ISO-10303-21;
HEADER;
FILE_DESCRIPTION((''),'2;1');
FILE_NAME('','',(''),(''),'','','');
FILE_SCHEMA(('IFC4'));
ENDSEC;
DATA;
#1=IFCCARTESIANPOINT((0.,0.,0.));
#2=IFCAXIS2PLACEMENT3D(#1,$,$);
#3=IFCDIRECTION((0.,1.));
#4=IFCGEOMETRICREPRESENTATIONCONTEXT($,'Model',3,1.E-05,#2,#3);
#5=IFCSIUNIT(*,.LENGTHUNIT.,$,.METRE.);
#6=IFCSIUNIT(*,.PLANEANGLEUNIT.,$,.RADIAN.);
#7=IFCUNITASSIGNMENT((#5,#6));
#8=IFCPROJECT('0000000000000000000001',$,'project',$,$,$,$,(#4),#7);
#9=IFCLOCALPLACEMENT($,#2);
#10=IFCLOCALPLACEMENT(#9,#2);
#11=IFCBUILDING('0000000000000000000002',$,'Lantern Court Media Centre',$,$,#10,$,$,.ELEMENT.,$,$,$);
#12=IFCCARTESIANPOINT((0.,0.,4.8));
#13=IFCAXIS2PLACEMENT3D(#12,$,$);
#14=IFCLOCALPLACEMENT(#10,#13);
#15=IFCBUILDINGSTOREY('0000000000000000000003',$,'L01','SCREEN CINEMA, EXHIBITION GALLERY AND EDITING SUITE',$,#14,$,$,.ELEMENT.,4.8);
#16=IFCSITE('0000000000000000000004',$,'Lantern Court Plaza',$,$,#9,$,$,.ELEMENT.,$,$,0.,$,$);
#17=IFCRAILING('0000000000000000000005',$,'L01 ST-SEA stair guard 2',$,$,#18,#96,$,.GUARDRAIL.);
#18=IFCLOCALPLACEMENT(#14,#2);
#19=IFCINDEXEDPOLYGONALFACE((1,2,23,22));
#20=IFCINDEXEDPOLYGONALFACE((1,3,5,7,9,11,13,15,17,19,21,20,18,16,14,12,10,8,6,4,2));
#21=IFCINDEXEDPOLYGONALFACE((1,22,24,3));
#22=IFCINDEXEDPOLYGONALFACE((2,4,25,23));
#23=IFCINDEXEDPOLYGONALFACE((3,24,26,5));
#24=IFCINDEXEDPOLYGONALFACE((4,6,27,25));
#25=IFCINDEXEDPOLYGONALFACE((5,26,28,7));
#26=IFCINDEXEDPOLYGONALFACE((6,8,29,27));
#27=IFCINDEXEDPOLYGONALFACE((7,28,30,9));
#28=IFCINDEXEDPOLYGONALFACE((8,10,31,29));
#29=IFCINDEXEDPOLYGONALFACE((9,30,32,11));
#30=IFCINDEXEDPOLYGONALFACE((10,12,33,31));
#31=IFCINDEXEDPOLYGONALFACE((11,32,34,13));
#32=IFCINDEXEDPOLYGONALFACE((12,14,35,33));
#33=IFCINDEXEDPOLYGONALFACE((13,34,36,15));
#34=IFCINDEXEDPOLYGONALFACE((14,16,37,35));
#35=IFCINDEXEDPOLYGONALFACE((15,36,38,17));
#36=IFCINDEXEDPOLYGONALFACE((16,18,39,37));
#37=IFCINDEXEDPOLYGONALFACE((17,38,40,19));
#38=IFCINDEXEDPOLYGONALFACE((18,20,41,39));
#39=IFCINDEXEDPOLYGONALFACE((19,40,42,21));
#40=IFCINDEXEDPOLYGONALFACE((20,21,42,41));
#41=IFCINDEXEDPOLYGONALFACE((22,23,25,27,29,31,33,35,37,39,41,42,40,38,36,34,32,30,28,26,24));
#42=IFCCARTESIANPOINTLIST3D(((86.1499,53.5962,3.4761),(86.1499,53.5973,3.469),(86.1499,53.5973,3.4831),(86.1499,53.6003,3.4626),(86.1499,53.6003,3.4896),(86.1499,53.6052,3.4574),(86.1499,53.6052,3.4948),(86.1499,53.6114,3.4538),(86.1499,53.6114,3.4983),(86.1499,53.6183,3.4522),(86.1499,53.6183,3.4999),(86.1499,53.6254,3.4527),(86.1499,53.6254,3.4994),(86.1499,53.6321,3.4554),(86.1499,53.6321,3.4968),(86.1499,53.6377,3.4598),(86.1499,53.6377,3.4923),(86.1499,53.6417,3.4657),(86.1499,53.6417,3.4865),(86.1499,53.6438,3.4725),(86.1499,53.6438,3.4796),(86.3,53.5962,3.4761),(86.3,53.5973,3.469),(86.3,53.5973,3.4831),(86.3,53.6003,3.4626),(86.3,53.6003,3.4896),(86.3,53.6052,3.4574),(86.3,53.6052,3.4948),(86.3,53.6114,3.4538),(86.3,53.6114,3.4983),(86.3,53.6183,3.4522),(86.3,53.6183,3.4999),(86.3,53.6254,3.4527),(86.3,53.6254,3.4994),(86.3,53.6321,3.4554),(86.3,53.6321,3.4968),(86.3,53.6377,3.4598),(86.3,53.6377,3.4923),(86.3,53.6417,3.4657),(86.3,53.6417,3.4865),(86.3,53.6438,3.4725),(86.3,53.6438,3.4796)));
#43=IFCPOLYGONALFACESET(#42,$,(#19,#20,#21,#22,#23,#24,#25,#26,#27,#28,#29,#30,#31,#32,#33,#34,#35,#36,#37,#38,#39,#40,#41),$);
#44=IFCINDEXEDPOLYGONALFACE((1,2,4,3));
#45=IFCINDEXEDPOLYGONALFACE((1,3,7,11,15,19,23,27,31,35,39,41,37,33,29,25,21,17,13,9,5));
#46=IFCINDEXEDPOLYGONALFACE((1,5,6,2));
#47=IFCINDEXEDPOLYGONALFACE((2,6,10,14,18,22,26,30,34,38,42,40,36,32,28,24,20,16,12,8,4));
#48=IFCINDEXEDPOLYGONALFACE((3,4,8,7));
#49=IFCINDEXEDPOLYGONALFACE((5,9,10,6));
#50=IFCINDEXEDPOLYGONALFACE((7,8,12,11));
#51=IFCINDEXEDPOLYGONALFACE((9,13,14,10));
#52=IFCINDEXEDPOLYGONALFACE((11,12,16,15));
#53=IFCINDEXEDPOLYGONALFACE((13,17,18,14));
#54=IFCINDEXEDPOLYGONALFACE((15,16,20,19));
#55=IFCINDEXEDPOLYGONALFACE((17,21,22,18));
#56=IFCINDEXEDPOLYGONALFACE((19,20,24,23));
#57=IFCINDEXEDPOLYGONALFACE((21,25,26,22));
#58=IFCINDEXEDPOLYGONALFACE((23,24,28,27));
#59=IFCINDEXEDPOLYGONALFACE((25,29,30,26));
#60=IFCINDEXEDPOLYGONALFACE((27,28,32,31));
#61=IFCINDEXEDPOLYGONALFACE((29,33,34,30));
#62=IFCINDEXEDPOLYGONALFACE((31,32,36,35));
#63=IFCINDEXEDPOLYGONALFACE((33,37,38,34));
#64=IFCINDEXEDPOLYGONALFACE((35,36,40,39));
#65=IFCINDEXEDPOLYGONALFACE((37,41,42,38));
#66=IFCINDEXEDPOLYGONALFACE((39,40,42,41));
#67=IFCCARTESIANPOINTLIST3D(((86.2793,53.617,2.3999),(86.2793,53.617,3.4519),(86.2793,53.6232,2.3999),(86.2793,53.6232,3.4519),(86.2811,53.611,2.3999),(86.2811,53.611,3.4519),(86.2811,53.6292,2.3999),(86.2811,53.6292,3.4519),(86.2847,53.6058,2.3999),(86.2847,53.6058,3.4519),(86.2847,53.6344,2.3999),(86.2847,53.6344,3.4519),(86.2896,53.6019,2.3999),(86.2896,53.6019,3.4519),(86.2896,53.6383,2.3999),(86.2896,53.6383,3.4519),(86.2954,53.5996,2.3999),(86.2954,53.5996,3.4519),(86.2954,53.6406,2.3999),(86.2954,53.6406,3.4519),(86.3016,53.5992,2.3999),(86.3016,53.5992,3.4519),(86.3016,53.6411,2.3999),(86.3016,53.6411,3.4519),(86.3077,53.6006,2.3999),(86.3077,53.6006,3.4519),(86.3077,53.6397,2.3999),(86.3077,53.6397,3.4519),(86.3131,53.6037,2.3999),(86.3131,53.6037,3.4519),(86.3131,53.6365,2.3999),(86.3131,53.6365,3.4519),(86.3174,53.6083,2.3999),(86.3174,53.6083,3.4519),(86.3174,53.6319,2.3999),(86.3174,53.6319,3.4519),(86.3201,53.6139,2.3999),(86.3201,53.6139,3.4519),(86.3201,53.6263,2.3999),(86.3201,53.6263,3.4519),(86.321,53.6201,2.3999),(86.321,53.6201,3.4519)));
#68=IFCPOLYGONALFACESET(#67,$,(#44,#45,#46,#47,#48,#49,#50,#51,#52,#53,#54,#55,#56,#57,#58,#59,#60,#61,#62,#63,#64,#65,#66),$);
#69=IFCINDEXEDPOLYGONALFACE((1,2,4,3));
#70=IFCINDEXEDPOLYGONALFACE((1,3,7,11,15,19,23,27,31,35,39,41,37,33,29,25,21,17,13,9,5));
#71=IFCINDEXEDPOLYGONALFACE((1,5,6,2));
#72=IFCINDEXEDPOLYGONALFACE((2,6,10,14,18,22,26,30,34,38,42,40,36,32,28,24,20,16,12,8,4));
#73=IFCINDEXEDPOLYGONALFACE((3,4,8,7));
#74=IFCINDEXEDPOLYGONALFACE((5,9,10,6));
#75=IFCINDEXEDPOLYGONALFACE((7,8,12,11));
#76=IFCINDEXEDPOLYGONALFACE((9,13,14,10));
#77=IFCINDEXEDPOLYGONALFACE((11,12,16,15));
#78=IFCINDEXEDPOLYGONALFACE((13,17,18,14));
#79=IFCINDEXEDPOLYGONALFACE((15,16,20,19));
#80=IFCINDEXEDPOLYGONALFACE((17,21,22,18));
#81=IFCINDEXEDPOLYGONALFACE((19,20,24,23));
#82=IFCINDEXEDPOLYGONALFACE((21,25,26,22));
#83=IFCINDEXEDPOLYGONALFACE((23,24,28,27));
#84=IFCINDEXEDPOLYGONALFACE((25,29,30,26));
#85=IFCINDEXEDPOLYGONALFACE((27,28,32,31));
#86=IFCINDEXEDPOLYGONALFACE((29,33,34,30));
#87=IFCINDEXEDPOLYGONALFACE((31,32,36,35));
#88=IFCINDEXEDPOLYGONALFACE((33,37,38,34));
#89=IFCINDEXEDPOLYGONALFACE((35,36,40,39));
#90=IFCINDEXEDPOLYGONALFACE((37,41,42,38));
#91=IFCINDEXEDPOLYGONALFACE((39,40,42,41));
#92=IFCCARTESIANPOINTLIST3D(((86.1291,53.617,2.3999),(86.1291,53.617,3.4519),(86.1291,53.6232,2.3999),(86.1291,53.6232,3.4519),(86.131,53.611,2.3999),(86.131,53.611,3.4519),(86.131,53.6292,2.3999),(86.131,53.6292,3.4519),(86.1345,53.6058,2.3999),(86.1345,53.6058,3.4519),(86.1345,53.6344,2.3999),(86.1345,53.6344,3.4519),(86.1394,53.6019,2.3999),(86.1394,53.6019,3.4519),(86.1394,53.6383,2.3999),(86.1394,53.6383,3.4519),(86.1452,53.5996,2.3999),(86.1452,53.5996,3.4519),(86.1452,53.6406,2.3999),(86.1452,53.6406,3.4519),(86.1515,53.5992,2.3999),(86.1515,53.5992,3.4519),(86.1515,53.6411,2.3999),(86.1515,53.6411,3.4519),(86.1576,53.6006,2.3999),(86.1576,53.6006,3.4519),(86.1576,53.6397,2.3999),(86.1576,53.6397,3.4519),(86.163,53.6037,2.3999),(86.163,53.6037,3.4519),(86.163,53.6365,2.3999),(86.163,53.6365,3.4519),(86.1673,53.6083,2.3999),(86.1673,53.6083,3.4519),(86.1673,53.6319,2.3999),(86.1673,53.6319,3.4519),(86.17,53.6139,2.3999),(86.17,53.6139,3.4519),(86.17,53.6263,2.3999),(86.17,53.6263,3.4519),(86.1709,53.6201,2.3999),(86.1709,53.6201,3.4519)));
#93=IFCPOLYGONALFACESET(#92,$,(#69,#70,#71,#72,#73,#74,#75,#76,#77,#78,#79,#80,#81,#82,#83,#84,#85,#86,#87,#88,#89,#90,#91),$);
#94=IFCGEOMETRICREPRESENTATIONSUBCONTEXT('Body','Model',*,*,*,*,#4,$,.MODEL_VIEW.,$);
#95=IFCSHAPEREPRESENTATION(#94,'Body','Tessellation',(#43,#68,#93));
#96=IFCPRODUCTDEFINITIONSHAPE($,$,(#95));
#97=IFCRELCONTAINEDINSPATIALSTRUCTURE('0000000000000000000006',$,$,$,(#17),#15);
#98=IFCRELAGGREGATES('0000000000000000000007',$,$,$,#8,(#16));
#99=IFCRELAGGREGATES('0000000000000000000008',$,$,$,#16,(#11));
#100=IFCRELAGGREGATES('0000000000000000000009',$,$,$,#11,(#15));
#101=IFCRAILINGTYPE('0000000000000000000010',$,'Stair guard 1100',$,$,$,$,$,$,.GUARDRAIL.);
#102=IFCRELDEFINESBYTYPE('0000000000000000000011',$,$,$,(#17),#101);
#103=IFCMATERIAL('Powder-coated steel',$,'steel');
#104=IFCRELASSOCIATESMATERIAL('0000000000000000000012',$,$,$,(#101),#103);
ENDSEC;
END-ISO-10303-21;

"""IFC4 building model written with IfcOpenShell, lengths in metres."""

from ifc_helpers import new_model, si_unit, direction, frame, origin, origin_2d, place, context, subcontext, project, spatial, circle, extrude, material, type_object, element, save


model = new_model("IFC4")

# Units and contexts
model_context = context("Model", 3, precision=1e-05, world=origin(), true_north=direction((0.0, 1.0)))
body_context = subcontext(model_context, "Body", "Model", "MODEL_VIEW")
ifc_project = project(units=[si_unit("LENGTHUNIT", "METRE"), si_unit("PLANEANGLEUNIT", "RADIAN")], contexts=[model_context])

# Site, building, storey
site_placement = place(None, origin())
site = spatial("IfcSite", under=ifc_project, at=site_placement, Name="Lantern Court Plaza", CompositionType="ELEMENT", RefElevation=0.0)
building_placement = place(site_placement, origin())
building = spatial("IfcBuilding", under=site, at=building_placement, Name="Lantern Court Media Centre", CompositionType="ELEMENT")
storey_placement = place(building_placement, frame((0.0, 0.0, 4.8)))
storey = spatial("IfcBuildingStorey", under=building, at=storey_placement, Name="L01", Description="SCREEN CINEMA, EXHIBITION GALLERY AND EDITING SUITE", CompositionType="ELEMENT", Elevation=4.8)

# Railing
ifc_material_1 = material(Name="Powder-coated steel", Category="steel")
railing_type_1 = type_object("IfcRailingType", Name="Stair guard 1100", PredefinedType="GUARDRAIL", material=ifc_material_1)
railing_1_placement = place(storey_placement, frame((86.3, 53.6201, 2.3999)))
element("IfcRailing", 1, at=railing_1_placement, inside=storey, type_object=railing_type_1, Name="L01 ST-SEA stair guard 2", PredefinedType="GUARDRAIL", context=body_context, shape_type="SweptSolid", body=[
    extrude(circle(Radius=0.0239, at=origin_2d()), frame((0.0, 0.0, 1.0762), z_axis=(-1.0, 0.0, 0.0), x_axis=(0.0, -1.0, 0.0)), (0.0, 0.0, 1.0), 0.1501),
    extrude(circle(Radius=0.021, at=origin_2d()), origin(), (0.0, 0.0, 1.0), 1.052),
    extrude(circle(Radius=0.021, at=origin_2d()), frame((-0.1501, 0.0, 0.0)), (0.0, 0.0, 1.0), 1.052),
])

save(model, "model.ifc")
